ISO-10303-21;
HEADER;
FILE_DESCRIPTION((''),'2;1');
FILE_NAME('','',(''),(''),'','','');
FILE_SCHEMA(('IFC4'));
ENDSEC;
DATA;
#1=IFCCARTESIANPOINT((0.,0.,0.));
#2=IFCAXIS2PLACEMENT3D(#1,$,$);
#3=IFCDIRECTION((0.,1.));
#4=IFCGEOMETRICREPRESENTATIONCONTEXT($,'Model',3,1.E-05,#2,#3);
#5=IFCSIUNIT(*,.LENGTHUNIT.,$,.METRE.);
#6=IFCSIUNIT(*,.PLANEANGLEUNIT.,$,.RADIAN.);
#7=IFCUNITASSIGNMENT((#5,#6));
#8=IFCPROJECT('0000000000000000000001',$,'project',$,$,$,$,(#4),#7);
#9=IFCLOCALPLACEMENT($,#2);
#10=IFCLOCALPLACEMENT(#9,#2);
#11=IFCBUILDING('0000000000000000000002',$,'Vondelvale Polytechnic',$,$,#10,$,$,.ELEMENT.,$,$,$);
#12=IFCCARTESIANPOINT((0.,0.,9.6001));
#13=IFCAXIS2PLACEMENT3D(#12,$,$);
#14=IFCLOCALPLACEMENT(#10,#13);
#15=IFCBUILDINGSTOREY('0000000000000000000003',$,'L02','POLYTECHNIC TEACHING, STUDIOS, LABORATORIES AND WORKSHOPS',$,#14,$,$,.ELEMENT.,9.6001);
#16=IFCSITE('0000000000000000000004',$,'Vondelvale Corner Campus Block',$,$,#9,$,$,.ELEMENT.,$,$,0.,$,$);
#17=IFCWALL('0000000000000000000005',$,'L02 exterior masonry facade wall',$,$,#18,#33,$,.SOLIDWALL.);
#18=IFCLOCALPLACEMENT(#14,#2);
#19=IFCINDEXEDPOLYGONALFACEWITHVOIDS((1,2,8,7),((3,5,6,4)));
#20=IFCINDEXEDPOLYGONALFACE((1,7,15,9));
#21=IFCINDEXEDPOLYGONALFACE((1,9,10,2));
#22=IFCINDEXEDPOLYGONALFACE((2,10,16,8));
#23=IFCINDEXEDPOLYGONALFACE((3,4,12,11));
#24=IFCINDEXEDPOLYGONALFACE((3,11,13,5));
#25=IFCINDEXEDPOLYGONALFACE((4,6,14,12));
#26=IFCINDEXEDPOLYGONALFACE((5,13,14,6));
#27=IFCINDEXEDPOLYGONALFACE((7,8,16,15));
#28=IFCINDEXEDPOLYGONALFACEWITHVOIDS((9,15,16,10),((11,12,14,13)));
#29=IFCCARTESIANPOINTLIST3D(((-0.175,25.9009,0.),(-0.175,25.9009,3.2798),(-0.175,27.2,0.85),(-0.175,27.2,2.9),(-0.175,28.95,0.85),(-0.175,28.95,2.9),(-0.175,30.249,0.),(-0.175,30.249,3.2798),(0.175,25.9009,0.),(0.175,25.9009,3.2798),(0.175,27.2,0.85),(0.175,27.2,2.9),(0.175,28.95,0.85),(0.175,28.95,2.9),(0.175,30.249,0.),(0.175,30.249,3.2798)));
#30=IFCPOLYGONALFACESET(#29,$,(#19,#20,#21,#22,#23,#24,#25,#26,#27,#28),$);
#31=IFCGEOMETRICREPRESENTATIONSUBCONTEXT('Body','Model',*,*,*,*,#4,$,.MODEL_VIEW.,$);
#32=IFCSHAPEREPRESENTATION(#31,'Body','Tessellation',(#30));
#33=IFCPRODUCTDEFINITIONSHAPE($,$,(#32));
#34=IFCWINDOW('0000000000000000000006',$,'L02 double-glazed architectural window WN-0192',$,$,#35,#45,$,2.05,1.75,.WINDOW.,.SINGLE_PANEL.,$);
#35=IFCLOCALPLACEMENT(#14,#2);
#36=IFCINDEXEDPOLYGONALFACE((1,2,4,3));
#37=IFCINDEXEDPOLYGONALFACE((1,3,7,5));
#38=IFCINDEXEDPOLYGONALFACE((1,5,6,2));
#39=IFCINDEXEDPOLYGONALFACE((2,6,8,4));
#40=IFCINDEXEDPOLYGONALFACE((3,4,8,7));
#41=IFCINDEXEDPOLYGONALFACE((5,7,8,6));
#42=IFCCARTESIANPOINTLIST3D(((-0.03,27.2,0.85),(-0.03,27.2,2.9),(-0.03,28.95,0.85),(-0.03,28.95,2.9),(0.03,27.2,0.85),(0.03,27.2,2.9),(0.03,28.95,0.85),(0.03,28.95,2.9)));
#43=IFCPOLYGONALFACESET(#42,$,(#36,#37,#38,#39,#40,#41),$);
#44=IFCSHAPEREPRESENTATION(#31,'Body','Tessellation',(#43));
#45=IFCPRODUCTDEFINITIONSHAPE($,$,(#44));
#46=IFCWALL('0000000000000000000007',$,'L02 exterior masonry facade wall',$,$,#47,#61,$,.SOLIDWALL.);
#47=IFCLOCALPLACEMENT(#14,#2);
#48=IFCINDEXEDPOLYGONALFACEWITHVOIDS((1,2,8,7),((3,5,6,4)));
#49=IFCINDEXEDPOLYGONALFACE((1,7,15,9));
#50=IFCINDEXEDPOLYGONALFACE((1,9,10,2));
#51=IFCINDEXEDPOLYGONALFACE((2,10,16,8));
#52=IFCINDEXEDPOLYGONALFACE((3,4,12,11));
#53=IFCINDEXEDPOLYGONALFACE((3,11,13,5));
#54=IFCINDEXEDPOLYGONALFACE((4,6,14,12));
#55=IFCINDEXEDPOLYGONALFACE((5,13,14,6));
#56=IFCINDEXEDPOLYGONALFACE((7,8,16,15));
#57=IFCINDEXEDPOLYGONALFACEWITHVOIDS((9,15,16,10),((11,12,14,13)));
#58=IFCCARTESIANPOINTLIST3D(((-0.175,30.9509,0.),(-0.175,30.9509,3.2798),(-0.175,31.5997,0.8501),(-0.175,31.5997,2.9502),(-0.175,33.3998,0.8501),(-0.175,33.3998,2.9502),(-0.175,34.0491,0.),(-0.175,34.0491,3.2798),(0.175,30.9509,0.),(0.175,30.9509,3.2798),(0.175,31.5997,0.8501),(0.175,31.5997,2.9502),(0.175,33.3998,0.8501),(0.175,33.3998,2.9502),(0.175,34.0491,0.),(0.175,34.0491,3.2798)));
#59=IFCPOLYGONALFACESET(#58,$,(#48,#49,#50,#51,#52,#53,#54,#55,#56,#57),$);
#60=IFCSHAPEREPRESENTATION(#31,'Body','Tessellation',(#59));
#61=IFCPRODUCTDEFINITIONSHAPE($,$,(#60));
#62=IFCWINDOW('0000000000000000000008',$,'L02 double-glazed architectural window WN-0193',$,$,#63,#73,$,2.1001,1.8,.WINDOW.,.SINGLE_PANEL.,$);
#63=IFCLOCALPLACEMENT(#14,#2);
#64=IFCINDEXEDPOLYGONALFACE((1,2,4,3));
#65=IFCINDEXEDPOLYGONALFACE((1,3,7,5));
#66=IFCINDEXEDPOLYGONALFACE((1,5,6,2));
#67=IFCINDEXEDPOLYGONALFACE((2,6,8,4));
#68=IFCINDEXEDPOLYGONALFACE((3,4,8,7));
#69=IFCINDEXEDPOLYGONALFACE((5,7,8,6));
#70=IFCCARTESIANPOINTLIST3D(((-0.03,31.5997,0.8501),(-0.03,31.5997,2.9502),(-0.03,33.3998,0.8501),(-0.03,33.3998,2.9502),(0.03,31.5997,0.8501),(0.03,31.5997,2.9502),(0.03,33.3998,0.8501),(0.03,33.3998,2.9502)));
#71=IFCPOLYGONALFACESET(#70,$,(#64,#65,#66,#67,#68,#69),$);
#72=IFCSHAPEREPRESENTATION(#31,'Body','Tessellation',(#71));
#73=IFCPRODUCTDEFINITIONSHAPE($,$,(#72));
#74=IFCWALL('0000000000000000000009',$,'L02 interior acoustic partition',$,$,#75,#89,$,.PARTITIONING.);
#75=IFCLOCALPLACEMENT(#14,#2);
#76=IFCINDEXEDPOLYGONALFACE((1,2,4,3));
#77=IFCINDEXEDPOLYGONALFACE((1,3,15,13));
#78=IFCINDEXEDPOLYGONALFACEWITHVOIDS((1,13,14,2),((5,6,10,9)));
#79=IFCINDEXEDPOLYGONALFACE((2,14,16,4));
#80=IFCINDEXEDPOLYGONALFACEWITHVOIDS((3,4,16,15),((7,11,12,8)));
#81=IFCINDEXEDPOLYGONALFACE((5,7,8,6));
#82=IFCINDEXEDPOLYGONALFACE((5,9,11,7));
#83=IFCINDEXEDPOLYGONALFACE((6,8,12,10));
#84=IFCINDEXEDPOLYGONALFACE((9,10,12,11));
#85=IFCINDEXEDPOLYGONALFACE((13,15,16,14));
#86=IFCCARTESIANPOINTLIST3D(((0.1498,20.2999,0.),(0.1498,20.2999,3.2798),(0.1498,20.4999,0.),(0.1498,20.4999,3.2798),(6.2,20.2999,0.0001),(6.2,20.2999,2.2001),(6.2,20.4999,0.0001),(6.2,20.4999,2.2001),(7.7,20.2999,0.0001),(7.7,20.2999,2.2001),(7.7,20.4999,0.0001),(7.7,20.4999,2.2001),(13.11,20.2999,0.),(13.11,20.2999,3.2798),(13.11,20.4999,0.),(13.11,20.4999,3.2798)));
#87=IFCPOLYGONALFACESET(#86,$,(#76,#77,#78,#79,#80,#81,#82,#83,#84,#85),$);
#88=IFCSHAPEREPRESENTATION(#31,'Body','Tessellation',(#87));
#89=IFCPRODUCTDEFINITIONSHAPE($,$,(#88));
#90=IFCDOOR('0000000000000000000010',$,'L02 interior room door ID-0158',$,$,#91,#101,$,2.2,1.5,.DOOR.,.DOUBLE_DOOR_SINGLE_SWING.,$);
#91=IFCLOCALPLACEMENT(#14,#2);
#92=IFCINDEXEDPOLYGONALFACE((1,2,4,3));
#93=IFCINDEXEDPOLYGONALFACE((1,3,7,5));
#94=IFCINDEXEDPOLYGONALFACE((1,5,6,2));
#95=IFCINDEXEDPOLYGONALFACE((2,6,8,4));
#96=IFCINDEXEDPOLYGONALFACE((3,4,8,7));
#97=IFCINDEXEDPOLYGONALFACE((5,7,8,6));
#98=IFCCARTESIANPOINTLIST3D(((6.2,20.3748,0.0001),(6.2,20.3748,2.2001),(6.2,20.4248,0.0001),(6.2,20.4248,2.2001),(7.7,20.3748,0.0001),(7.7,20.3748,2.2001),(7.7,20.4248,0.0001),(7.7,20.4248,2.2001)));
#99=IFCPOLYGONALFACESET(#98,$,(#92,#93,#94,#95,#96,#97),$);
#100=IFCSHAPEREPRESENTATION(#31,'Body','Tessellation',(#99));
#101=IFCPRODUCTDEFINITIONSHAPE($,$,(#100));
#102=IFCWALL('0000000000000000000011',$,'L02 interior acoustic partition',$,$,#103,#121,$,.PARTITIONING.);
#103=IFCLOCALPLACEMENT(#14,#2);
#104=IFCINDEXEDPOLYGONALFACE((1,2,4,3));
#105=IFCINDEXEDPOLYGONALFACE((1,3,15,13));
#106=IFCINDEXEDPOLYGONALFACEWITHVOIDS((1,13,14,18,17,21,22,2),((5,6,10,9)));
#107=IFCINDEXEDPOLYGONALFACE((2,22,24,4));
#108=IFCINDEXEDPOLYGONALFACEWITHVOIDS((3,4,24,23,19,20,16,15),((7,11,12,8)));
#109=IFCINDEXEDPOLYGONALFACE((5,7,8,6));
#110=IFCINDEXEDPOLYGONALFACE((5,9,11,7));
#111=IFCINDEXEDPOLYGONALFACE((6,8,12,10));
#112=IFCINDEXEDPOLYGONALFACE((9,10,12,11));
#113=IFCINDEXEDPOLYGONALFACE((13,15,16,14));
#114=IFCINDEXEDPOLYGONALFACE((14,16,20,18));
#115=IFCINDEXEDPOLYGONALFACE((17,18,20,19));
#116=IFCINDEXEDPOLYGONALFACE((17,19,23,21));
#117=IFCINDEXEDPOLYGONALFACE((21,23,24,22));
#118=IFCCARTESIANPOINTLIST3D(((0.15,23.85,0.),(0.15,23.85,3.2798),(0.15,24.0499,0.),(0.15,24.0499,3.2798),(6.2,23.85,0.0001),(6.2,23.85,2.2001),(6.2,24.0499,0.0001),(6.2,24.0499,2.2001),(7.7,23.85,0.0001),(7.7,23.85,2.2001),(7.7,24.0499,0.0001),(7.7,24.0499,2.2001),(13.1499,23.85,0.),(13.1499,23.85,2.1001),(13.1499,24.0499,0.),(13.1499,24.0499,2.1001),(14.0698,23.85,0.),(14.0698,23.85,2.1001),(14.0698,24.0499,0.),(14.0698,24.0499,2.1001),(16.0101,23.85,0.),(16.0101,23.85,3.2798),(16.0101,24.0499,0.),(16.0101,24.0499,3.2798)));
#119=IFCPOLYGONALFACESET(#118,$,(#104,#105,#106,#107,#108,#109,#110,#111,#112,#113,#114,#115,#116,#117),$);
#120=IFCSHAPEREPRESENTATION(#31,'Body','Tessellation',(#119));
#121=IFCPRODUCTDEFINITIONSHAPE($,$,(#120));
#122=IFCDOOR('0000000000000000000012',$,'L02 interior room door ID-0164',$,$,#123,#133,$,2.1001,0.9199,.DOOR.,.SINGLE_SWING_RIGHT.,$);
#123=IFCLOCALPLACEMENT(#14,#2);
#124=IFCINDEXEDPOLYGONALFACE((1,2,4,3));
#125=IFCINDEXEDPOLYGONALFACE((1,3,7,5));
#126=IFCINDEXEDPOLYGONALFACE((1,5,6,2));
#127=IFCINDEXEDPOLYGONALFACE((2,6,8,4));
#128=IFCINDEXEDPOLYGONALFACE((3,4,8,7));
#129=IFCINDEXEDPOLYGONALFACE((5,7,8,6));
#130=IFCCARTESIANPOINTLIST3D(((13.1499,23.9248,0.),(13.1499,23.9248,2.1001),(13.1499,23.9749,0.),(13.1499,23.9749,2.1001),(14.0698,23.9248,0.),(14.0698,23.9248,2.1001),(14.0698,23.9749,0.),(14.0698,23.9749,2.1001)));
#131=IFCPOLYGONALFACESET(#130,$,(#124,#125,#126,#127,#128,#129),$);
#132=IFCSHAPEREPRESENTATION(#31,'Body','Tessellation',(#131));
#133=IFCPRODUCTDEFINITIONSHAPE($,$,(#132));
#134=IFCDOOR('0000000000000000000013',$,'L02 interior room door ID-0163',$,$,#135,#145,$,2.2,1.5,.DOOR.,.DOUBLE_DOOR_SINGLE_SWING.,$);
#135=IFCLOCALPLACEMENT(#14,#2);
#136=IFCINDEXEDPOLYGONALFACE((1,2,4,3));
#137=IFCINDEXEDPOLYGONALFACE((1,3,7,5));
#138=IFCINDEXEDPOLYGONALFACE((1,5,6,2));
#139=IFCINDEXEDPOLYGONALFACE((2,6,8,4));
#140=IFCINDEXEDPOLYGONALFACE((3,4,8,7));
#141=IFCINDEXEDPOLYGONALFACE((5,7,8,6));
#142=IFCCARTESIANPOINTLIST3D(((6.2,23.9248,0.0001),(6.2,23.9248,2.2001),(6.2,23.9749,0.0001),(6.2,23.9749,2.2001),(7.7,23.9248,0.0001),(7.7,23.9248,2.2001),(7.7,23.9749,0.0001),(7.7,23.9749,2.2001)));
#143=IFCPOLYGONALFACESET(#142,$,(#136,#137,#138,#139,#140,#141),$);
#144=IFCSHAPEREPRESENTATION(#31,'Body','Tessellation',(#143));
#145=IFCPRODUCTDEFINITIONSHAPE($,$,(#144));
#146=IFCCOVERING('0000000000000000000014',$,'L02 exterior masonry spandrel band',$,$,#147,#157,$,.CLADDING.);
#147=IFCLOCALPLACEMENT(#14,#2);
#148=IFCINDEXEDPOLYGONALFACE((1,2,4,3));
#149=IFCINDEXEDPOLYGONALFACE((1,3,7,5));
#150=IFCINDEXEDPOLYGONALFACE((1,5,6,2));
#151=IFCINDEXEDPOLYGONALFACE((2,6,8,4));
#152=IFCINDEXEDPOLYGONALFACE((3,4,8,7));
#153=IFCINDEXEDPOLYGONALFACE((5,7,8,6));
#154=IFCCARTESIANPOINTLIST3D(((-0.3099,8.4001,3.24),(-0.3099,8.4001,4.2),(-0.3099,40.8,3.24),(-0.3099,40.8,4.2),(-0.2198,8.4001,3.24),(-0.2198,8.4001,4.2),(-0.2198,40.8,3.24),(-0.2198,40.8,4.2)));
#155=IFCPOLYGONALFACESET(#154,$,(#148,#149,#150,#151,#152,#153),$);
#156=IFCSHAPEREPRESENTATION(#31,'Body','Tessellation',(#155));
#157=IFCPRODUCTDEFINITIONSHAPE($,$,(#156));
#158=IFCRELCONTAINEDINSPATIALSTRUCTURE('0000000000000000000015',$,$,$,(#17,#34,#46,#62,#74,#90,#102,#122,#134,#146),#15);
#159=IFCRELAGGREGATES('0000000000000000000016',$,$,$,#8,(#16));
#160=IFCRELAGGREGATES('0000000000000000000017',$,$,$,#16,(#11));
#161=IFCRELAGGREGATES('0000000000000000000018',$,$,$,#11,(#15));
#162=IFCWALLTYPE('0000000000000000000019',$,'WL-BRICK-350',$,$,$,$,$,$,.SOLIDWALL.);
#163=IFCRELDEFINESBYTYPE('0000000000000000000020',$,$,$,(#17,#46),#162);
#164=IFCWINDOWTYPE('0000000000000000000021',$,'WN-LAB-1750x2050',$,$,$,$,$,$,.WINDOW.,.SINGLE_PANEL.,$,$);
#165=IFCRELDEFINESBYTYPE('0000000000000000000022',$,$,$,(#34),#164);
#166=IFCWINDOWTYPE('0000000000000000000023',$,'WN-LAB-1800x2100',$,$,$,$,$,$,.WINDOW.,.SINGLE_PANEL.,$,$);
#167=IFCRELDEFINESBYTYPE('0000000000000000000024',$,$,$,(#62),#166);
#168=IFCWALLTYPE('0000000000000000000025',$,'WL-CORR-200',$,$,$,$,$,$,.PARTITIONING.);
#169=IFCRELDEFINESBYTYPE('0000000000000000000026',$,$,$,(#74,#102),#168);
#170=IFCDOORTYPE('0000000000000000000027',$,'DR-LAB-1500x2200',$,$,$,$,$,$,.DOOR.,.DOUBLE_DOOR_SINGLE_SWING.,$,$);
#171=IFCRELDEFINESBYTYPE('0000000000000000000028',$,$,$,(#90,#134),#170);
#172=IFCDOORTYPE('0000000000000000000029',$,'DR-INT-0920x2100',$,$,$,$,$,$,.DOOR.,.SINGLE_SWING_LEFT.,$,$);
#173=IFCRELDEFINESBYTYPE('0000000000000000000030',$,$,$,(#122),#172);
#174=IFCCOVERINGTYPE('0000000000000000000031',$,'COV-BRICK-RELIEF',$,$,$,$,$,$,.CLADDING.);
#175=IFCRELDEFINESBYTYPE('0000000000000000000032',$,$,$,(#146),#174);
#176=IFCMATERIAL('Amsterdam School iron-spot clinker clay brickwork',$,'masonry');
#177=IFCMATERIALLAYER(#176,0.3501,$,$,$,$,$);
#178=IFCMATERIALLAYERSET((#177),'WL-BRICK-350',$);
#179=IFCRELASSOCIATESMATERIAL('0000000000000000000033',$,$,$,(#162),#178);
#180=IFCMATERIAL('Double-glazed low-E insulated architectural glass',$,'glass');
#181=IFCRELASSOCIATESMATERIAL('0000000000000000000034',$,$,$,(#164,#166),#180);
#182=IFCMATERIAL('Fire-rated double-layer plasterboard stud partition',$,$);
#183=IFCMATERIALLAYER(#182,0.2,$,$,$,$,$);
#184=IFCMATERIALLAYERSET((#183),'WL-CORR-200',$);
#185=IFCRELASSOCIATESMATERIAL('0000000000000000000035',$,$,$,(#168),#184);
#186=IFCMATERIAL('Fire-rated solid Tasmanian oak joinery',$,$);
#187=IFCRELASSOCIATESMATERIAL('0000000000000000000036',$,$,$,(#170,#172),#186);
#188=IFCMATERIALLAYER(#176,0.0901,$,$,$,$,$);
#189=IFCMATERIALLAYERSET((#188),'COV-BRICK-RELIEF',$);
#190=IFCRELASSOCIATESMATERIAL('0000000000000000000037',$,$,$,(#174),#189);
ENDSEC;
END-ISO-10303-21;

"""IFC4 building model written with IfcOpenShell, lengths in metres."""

from ifc_helpers import new_model, si_unit, direction, frame, frame_2d, origin, origin_2d, place, context, subcontext, project, spatial, rectangle, extrude, material, layer, layer_set, type_object, element, fill, save


model = new_model("IFC4")

# Units and contexts
model_context = context("Model", 3, precision=1e-05, world=origin(), true_north=direction((0.0, 1.0)))
body_context = subcontext(model_context, "Body", "Model", "MODEL_VIEW")
ifc_project = project(units=[si_unit("LENGTHUNIT", "METRE"), si_unit("PLANEANGLEUNIT", "RADIAN")], contexts=[model_context])

# Site, building, storey
site_placement = place(None, origin())
site = spatial("IfcSite", under=ifc_project, at=site_placement, Name="Vondelvale Corner Campus Block", CompositionType="ELEMENT", RefElevation=0.0)
building_placement = place(site_placement, origin())
building = spatial("IfcBuilding", under=site, at=building_placement, Name="Vondelvale Polytechnic", CompositionType="ELEMENT")
storey_placement = place(building_placement, frame((0.0, 0.0, 9.6001)))
storey = spatial("IfcBuildingStorey", under=building, at=storey_placement, Name="L02", Description="POLYTECHNIC TEACHING, STUDIOS, LABORATORIES AND WORKSHOPS", CompositionType="ELEMENT", Elevation=9.6001)

# Shared definitions
ifc_material_1 = material(Name="Amsterdam School iron-spot clinker clay brickwork", Category="masonry")
ifc_layer_1 = layer(ifc_material_1, 0.3501)
ifc_layer_set_1 = layer_set([ifc_layer_1], Name="WL-BRICK-350")
wall_type_1 = type_object("IfcWallType", Name="WL-BRICK-350", PredefinedType="SOLIDWALL", material=ifc_layer_set_1)
ifc_material_2 = material(Name="Double-glazed low-E insulated architectural glass", Category="glass")

# Walls, openings, windows
wall_1_placement = place(storey_placement, frame((0.0, 25.9009, 0.0), z_axis=(0.0, 0.0, 1.0), x_axis=(0.0, 1.0, 0.0)))
wall_1 = element("IfcWall", 1, at=wall_1_placement, inside=storey, type_object=wall_type_1, Name="L02 exterior masonry facade wall", PredefinedType="SOLIDWALL", context=body_context, shape_type="SweptSolid", body=[
    extrude(rectangle(XDim=4.3481, YDim=0.3501, at=frame_2d((2.1741, 0.0))), origin(), (0.0, 0.0, 1.0), 3.2798),
])
opening_1_placement = place(wall_1_placement, frame((1.2991, 0.0, 0.8501)))
opening_1 = element("IfcOpeningElement", 2, at=opening_1_placement, cuts=wall_1, PredefinedType="OPENING", context=body_context, shape_type="SweptSolid", body=[
    extrude(rectangle(XDim=1.75, YDim=2.05, at=frame_2d((0.875, 1.0249))), frame((0.0, 0.1851, 0.0), z_axis=(0.0, -1.0, 0.0), x_axis=(1.0, 0.0, 0.0)), (0.0, 0.0, 1.0), 0.3701),
])
window_type_1 = type_object("IfcWindowType", Name="WN-LAB-1750x2050", PartitioningType="SINGLE_PANEL", PredefinedType="WINDOW", material=ifc_material_2)
window_1_placement = place(opening_1_placement, origin())
window_1 = element("IfcWindow", 3, at=window_1_placement, inside=storey, type_object=window_type_1, Name="L02 double-glazed architectural window WN-0192", OverallHeight=2.05, OverallWidth=1.75, PartitioningType="SINGLE_PANEL", PredefinedType="WINDOW", context=body_context, shape_type="SweptSolid", body=[
    extrude(rectangle(XDim=1.75, YDim=2.05, at=frame_2d((0.875, 1.0249))), frame((0.0, 0.03, 0.0), z_axis=(0.0, -1.0, 0.0), x_axis=(1.0, 0.0, 0.0)), (0.0, 0.0, 1.0), 0.0601),
])
fill(opening_1, window_1)
wall_2_placement = place(storey_placement, frame((0.0, 30.9509, 0.0), z_axis=(0.0, 0.0, 1.0), x_axis=(0.0, 1.0, 0.0)))
wall_2 = element("IfcWall", 4, at=wall_2_placement, inside=storey, type_object=wall_type_1, Name="L02 exterior masonry facade wall", PredefinedType="SOLIDWALL", context=body_context, shape_type="SweptSolid", body=[
    extrude(rectangle(XDim=3.0981, YDim=0.3501, at=frame_2d((1.5491, 0.0))), origin(), (0.0, 0.0, 1.0), 3.2798),
])
opening_2_placement = place(wall_2_placement, frame((0.6489, 0.0, 0.8501)))
opening_2 = element("IfcOpeningElement", 5, at=opening_2_placement, cuts=wall_2, PredefinedType="OPENING", context=body_context, shape_type="SweptSolid", body=[
    extrude(rectangle(XDim=1.8, YDim=2.1001, at=frame_2d((0.8999, 1.05))), frame((0.0, 0.1851, 0.0), z_axis=(0.0, -1.0, 0.0), x_axis=(1.0, 0.0, 0.0)), (0.0, 0.0, 1.0), 0.3701),
])
window_type_2 = type_object("IfcWindowType", Name="WN-LAB-1800x2100", PartitioningType="SINGLE_PANEL", PredefinedType="WINDOW", material=ifc_material_2)
window_2_placement = place(opening_2_placement, origin())
window_2 = element("IfcWindow", 6, at=window_2_placement, inside=storey, type_object=window_type_2, Name="L02 double-glazed architectural window WN-0193", OverallHeight=2.1001, OverallWidth=1.8, PartitioningType="SINGLE_PANEL", PredefinedType="WINDOW", context=body_context, shape_type="SweptSolid", body=[
    extrude(rectangle(XDim=1.8, YDim=2.1001, at=frame_2d((0.8999, 1.05))), frame((0.0, 0.03, 0.0), z_axis=(0.0, -1.0, 0.0), x_axis=(1.0, 0.0, 0.0)), (0.0, 0.0, 1.0), 0.0601),
])
fill(opening_2, window_2)

# Wall, opening, door
ifc_material_3 = material(Name="Fire-rated double-layer plasterboard stud partition")
ifc_layer_2 = layer(ifc_material_3, 0.2)
ifc_layer_set_2 = layer_set([ifc_layer_2], Name="WL-CORR-200")
wall_type_2 = type_object("IfcWallType", Name="WL-CORR-200", PredefinedType="PARTITIONING", material=ifc_layer_set_2)
wall_3_placement = place(storey_placement, frame((0.1499, 20.3999, 0.0), z_axis=(0.0, 0.0, 1.0), x_axis=(1.0, 0.0, 0.0)))
wall_3 = element("IfcWall", 7, at=wall_3_placement, inside=storey, type_object=wall_type_2, Name="L02 interior acoustic partition", PredefinedType="PARTITIONING", context=body_context, shape_type="SweptSolid", body=[
    extrude(rectangle(XDim=12.9602, YDim=0.2, at=frame_2d((6.48, 0.0))), origin(), (0.0, 0.0, 1.0), 3.2798),
])
opening_3_placement = place(wall_3_placement, frame((6.05, 0.0, 0.0)))
opening_3 = element("IfcOpeningElement", 8, at=opening_3_placement, cuts=wall_3, PredefinedType="OPENING", context=body_context, shape_type="SweptSolid", body=[
    extrude(rectangle(XDim=1.5, YDim=2.2, at=frame_2d((0.75, 1.1001))), frame((0.0, 0.1099, 0.0), z_axis=(0.0, -1.0, 0.0), x_axis=(1.0, 0.0, 0.0)), (0.0, 0.0, 1.0), 0.22),
])
ifc_material_4 = material(Name="Fire-rated solid Tasmanian oak joinery")
door_type_1 = type_object("IfcDoorType", Name="DR-LAB-1500x2200", OperationType="DOUBLE_DOOR_SINGLE_SWING", PredefinedType="DOOR", material=ifc_material_4)
door_1_placement = place(opening_3_placement, origin())
door_1 = element("IfcDoor", 9, at=door_1_placement, inside=storey, type_object=door_type_1, Name="L02 interior room door ID-0158", OperationType="DOUBLE_DOOR_SINGLE_SWING", OverallHeight=2.2, OverallWidth=1.5, PredefinedType="DOOR", context=body_context, shape_type="SweptSolid", body=[
    extrude(rectangle(XDim=1.5, YDim=2.2, at=frame_2d((0.75, 1.1001))), frame((0.0, 0.0249, 0.0), z_axis=(0.0, -1.0, 0.0), x_axis=(1.0, 0.0, 0.0)), (0.0, 0.0, 1.0), 0.05),
])
fill(opening_3, door_1)

# Wall, openings, doors
wall_4_placement = place(storey_placement, frame((0.1499, 23.95, 0.0), z_axis=(0.0, 0.0, 1.0), x_axis=(1.0, 0.0, 0.0)))
wall_4 = element("IfcWall", 10, at=wall_4_placement, inside=storey, type_object=wall_type_2, Name="L02 interior acoustic partition", PredefinedType="PARTITIONING", context=body_context, shape_type="SweptSolid", body=[
    extrude(rectangle(XDim=15.8601, YDim=0.2, at=frame_2d((7.9302, 0.0))), origin(), (0.0, 0.0, 1.0), 3.2798),
])
opening_4_placement = place(wall_4_placement, frame((6.05, 0.0, 0.0)))
opening_4 = element("IfcOpeningElement", 11, at=opening_4_placement, cuts=wall_4, PredefinedType="OPENING", context=body_context, shape_type="SweptSolid", body=[
    extrude(rectangle(XDim=1.5, YDim=2.2, at=frame_2d((0.75, 1.1001))), frame((0.0, 0.1099, 0.0), z_axis=(0.0, -1.0, 0.0), x_axis=(1.0, 0.0, 0.0)), (0.0, 0.0, 1.0), 0.22),
])
opening_5_placement = place(wall_4_placement, frame((13.0, 0.0, 0.0)))
opening_5 = element("IfcOpeningElement", 12, at=opening_5_placement, cuts=wall_4, PredefinedType="OPENING", context=body_context, shape_type="SweptSolid", body=[
    extrude(rectangle(XDim=0.9199, YDim=2.1001, at=frame_2d((0.46, 1.05))), frame((0.0, 0.1099, 0.0), z_axis=(0.0, -1.0, 0.0), x_axis=(1.0, 0.0, 0.0)), (0.0, 0.0, 1.0), 0.22),
])
door_type_2 = type_object("IfcDoorType", Name="DR-INT-0920x2100", OperationType="SINGLE_SWING_LEFT", PredefinedType="DOOR", material=ifc_material_4)
door_2_placement = place(opening_5_placement, origin())
door_2 = element("IfcDoor", 13, at=door_2_placement, inside=storey, type_object=door_type_2, Name="L02 interior room door ID-0164", OperationType="SINGLE_SWING_RIGHT", OverallHeight=2.1001, OverallWidth=0.9199, PredefinedType="DOOR", context=body_context, shape_type="SweptSolid", body=[
    extrude(rectangle(XDim=0.9199, YDim=2.1001, at=frame_2d((0.46, 1.05))), frame((0.0, 0.0249, 0.0), z_axis=(0.0, -1.0, 0.0), x_axis=(1.0, 0.0, 0.0)), (0.0, 0.0, 1.0), 0.05),
])
fill(opening_5, door_2)
door_3_placement = place(opening_4_placement, origin())
door_3 = element("IfcDoor", 14, at=door_3_placement, inside=storey, type_object=door_type_1, Name="L02 interior room door ID-0163", OperationType="DOUBLE_DOOR_SINGLE_SWING", OverallHeight=2.2, OverallWidth=1.5, PredefinedType="DOOR", context=body_context, shape_type="SweptSolid", body=[
    extrude(rectangle(XDim=1.5, YDim=2.2, at=frame_2d((0.75, 1.1001))), frame((0.0, 0.0249, 0.0), z_axis=(0.0, -1.0, 0.0), x_axis=(1.0, 0.0, 0.0)), (0.0, 0.0, 1.0), 0.05),
])
fill(opening_4, door_3)

# Covering
ifc_layer_3 = layer(ifc_material_1, 0.0901)
ifc_layer_set_3 = layer_set([ifc_layer_3], Name="COV-BRICK-RELIEF")
covering_type = type_object("IfcCoveringType", Name="COV-BRICK-RELIEF", PredefinedType="CLADDING", material=ifc_layer_set_3)
covering_1_placement = place(storey_placement, frame((-0.2649, 24.6001, 3.24), z_axis=(0.0, 0.0, 1.0), x_axis=(0.0, 1.0, 0.0)))
element("IfcCovering", 15, at=covering_1_placement, inside=storey, type_object=covering_type, Name="L02 exterior masonry spandrel band", PredefinedType="CLADDING", context=body_context, shape_type="SweptSolid", body=[
    extrude(rectangle(XDim=32.3999, YDim=0.0901, at=origin_2d()), origin(), (0.0, 0.0, 1.0), 0.96),
])

save(model, "model.ifc")
